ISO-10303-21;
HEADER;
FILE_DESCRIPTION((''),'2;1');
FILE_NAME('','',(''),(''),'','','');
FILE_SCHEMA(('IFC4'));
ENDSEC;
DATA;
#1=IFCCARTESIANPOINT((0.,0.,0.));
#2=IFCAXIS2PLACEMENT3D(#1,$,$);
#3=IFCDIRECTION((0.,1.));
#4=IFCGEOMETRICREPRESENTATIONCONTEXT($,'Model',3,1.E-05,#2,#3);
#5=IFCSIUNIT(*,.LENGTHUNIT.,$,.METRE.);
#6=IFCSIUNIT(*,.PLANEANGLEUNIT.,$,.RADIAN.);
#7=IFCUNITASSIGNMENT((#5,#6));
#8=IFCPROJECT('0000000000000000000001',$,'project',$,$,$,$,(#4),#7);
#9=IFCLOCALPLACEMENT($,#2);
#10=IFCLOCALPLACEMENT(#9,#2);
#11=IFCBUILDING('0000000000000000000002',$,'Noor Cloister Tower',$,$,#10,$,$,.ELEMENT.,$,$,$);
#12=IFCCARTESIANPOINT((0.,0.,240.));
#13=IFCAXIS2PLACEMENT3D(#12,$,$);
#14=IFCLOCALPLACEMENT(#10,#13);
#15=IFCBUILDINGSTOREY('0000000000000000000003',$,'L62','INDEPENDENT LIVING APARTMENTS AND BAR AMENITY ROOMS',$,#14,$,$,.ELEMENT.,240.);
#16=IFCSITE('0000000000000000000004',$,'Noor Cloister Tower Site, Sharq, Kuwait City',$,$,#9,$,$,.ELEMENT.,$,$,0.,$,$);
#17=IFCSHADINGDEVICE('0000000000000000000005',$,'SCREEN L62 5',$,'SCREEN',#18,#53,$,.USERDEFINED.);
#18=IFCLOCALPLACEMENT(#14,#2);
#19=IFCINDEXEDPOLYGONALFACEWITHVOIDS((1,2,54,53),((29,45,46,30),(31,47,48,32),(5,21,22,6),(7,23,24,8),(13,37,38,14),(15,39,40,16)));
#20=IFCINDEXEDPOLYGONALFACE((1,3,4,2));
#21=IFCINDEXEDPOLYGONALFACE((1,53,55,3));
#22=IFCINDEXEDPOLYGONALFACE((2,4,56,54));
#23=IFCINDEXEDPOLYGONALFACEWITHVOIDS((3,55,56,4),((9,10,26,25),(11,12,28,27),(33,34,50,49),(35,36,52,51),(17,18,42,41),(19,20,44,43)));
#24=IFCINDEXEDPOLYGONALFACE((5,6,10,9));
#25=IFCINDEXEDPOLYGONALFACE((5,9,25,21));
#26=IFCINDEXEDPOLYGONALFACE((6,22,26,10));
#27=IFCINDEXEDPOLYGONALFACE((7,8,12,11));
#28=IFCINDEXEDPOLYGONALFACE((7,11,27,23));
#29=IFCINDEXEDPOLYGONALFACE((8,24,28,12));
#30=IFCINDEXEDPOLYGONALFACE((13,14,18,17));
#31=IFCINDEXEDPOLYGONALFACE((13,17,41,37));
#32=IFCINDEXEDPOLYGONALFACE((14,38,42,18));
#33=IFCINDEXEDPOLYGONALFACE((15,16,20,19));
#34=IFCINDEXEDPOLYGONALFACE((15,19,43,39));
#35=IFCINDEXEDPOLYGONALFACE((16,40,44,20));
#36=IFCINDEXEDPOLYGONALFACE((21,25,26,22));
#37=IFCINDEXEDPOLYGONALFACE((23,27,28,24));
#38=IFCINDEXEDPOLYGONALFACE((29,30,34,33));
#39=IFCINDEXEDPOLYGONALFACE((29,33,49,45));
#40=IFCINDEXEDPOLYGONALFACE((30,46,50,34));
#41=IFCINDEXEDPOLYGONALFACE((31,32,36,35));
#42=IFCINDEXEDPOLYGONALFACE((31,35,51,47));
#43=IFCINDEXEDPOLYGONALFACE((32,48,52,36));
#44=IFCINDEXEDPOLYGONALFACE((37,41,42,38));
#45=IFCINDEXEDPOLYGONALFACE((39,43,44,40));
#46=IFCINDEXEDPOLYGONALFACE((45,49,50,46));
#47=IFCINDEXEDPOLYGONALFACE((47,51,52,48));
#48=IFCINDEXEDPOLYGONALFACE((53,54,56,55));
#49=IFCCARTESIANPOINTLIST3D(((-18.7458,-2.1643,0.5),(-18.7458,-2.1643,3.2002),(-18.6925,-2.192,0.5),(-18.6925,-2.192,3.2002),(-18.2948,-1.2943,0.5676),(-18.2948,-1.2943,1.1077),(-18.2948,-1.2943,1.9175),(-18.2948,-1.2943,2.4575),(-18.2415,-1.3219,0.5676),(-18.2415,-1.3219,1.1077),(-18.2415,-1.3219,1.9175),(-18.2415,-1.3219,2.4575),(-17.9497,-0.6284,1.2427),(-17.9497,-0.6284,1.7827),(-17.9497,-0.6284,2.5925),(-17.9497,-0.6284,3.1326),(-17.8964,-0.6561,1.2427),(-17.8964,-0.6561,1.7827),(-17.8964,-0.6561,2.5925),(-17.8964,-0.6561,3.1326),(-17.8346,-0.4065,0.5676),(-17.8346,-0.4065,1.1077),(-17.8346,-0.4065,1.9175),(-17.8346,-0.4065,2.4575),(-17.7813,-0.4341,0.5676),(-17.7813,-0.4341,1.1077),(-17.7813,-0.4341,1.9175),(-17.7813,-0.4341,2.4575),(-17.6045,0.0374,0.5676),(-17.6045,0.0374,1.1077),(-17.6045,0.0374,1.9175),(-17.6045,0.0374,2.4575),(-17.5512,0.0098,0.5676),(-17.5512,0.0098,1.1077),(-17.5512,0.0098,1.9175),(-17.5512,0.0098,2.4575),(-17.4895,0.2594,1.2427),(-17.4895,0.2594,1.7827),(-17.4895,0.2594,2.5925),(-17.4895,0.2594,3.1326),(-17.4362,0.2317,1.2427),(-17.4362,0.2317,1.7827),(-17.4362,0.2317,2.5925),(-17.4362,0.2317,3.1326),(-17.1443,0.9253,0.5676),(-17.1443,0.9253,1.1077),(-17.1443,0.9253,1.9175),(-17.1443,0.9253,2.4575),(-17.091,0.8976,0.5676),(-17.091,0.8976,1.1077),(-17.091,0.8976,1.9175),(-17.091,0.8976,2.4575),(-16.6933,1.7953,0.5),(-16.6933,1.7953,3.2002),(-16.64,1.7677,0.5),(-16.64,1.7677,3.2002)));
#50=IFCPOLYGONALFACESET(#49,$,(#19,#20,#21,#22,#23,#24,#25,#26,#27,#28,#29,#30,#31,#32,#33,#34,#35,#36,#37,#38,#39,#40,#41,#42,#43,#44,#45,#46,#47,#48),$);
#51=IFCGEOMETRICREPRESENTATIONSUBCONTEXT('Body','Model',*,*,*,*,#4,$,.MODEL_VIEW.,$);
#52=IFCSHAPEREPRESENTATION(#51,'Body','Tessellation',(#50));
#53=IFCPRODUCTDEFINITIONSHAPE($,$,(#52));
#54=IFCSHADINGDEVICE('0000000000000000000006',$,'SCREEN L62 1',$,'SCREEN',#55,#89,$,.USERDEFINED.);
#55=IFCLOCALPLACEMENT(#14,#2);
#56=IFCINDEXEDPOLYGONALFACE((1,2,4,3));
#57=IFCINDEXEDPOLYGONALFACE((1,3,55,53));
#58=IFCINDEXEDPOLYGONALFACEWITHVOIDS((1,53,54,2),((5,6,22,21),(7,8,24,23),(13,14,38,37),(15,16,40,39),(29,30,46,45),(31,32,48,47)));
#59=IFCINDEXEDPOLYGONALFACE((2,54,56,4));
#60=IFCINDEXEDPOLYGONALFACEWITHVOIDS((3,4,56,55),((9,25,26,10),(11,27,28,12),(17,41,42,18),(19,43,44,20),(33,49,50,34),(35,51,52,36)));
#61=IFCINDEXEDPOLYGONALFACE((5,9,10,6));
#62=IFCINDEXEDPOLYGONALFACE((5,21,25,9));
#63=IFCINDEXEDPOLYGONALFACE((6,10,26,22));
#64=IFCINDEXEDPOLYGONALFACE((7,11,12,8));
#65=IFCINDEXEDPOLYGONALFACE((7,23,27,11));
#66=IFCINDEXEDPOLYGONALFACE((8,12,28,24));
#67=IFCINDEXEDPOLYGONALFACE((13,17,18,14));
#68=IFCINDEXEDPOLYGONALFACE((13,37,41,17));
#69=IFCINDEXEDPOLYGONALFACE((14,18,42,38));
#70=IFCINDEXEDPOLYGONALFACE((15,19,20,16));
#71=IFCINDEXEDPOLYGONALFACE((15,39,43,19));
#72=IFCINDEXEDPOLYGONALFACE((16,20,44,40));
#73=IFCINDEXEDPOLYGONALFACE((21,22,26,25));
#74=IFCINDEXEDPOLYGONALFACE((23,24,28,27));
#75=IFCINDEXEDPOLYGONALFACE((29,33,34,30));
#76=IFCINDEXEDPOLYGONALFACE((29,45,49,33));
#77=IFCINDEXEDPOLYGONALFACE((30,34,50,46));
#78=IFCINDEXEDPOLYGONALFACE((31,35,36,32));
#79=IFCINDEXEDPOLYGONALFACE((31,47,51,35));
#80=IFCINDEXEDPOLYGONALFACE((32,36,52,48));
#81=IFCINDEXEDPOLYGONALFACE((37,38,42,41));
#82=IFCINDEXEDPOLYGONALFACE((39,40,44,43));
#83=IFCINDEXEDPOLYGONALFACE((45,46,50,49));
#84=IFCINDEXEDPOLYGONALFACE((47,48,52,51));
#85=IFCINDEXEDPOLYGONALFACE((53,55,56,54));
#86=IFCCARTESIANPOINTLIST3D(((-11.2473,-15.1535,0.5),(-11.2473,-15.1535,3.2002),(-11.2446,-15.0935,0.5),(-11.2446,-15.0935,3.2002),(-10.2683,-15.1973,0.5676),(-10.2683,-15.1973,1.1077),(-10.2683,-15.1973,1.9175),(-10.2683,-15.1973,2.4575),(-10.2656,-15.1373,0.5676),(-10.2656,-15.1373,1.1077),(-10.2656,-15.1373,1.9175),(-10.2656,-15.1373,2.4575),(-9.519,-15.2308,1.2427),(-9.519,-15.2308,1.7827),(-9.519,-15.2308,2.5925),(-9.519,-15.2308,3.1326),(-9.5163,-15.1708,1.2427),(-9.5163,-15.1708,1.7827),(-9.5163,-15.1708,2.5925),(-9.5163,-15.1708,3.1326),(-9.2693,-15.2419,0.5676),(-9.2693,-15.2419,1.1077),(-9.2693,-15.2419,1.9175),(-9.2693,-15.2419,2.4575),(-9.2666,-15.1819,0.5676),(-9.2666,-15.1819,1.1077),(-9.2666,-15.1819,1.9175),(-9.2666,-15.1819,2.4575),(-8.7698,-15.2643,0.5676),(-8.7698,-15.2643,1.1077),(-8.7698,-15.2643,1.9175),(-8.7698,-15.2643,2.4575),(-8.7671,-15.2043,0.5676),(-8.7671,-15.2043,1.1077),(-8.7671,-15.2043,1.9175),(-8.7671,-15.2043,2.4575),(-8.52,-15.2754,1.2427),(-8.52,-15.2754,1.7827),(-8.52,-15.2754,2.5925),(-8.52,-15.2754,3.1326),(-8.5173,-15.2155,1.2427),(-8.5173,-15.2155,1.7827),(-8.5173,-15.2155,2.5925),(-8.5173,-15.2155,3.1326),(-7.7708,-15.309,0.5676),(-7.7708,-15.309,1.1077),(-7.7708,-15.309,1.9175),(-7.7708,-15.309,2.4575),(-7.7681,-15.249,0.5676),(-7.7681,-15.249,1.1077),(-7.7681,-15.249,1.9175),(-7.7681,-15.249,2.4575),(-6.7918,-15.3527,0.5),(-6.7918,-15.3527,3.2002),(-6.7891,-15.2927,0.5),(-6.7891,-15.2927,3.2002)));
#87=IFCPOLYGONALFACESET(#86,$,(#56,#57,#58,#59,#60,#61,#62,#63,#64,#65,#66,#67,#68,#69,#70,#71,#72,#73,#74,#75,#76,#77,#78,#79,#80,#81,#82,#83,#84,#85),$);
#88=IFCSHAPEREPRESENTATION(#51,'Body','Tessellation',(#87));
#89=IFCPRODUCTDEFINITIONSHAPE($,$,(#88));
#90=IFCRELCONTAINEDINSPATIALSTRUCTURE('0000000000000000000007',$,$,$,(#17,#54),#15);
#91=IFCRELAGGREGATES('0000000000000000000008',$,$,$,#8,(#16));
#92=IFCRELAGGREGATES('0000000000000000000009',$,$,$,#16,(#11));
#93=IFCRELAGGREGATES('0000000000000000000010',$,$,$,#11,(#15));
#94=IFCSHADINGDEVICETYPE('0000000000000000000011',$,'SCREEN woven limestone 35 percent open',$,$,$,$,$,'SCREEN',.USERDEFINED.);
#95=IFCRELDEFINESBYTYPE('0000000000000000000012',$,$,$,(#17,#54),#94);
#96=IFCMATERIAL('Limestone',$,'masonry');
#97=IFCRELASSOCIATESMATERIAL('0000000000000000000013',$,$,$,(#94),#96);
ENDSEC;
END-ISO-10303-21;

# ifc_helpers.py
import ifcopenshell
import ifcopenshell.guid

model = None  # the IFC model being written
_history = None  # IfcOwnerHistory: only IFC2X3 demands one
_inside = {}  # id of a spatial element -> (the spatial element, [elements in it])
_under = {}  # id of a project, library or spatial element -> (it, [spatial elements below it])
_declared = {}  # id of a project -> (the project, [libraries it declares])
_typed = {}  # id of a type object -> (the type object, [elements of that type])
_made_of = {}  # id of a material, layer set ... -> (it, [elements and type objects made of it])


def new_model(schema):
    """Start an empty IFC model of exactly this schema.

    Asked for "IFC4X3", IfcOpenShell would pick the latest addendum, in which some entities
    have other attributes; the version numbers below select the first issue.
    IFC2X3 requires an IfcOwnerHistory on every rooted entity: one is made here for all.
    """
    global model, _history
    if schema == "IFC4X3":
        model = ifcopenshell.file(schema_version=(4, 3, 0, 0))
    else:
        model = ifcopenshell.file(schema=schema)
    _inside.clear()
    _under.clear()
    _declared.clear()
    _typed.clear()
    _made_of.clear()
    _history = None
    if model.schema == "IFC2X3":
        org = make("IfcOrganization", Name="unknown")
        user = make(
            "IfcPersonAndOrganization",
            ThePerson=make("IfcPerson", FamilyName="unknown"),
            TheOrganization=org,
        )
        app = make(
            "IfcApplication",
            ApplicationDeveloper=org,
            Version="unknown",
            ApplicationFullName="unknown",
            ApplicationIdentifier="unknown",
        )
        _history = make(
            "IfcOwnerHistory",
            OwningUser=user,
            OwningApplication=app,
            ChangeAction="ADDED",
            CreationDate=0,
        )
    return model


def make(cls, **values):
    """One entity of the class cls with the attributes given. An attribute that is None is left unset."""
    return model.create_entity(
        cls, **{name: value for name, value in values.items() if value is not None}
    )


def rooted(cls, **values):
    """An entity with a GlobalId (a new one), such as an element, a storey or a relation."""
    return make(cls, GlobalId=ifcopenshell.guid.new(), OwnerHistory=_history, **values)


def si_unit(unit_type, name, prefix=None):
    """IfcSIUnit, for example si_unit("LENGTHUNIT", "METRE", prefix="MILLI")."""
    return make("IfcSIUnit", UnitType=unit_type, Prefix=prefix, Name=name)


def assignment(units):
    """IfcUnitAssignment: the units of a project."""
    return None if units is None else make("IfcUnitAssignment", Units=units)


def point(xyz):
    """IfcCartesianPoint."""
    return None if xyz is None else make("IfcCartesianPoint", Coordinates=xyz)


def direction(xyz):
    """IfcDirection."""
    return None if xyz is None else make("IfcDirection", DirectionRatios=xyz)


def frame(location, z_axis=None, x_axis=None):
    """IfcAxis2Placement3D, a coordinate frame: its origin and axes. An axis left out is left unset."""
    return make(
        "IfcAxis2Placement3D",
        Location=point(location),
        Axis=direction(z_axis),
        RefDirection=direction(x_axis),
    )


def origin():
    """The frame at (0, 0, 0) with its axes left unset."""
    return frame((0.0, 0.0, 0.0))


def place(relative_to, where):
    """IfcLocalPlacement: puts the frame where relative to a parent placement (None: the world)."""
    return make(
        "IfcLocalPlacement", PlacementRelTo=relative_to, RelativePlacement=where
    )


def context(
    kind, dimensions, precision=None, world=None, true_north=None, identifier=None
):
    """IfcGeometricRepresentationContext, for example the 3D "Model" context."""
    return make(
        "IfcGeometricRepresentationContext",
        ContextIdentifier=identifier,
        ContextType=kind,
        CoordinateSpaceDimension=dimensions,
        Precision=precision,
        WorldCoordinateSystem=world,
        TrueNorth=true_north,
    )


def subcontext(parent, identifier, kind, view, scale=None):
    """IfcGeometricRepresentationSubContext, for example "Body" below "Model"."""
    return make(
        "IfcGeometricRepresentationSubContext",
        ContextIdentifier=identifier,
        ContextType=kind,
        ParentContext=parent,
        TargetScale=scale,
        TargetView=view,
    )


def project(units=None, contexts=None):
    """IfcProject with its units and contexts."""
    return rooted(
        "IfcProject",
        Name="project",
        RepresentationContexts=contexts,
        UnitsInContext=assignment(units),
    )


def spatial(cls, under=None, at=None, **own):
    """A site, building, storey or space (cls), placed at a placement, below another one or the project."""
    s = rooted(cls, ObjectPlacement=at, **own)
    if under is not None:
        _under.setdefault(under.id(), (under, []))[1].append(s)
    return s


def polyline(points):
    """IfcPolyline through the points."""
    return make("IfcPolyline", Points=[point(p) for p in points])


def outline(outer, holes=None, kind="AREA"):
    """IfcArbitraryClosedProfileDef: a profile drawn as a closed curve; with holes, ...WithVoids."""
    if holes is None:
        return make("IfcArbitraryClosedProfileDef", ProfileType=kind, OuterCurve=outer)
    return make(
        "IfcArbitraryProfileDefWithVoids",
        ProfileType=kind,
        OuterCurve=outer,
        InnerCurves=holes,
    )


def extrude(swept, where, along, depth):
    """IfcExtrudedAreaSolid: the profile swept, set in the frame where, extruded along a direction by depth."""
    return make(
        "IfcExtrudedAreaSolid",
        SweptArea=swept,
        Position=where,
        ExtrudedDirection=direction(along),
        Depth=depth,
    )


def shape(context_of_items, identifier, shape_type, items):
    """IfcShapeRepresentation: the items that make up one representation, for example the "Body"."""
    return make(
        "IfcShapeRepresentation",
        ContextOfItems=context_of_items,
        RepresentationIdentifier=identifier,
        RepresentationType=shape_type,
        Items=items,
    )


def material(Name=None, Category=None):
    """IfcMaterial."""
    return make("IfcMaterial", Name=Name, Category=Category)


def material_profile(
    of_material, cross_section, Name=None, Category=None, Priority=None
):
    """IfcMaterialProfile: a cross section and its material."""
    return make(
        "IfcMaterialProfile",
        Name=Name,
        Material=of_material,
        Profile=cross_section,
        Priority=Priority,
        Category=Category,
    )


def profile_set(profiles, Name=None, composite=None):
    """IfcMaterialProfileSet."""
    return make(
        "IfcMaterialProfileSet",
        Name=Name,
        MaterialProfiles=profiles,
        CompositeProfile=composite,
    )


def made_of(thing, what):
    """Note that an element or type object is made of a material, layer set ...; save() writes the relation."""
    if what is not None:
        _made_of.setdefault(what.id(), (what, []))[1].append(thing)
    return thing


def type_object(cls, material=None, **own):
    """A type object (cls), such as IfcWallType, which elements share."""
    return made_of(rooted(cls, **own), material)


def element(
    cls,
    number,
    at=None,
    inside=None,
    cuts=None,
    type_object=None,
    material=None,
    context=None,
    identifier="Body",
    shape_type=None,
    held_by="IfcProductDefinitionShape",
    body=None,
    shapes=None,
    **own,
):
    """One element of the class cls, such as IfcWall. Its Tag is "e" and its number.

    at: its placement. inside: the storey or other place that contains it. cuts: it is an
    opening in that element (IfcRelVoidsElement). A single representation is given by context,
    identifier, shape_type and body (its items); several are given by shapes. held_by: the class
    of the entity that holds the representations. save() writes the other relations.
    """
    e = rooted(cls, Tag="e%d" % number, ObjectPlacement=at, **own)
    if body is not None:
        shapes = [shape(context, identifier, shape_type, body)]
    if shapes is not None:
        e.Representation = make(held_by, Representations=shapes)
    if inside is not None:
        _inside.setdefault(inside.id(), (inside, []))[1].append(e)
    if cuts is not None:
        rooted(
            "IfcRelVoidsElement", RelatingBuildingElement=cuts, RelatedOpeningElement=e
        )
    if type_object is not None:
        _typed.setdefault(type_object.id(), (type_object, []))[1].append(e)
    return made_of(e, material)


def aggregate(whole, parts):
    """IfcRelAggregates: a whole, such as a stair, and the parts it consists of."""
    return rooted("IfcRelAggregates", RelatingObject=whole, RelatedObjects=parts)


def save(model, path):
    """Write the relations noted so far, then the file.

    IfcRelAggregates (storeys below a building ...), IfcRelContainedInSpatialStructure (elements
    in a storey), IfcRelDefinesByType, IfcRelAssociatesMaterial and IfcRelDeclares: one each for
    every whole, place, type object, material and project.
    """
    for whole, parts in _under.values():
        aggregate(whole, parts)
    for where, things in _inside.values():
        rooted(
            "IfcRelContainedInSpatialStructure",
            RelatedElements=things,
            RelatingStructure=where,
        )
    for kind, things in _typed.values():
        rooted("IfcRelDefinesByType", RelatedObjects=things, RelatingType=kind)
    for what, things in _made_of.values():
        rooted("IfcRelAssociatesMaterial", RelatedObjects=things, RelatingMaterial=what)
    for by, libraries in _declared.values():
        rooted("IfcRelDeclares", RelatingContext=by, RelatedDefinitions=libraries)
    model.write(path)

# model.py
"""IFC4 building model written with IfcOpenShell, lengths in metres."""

from ifc_helpers import new_model, si_unit, direction, frame, origin, place, context, subcontext, project, spatial, polyline, outline, extrude, material, material_profile, profile_set, type_object, element, save


model = new_model("IFC4")

# Units and contexts
model_context = context("Model", 3, precision=1e-05, world=origin(), true_north=direction((0.0, 1.0)))
body_context = subcontext(model_context, "Body", "Model", "MODEL_VIEW")
ifc_project = project(units=[si_unit("LENGTHUNIT", "METRE"), si_unit("PLANEANGLEUNIT", "RADIAN")], contexts=[model_context])

# Site, building, storey
site_placement = place(None, origin())
site = spatial("IfcSite", under=ifc_project, at=site_placement, Name="Noor Cloister Tower Site, Sharq, Kuwait City", CompositionType="ELEMENT", RefElevation=0.0)
building_placement = place(site_placement, origin())
building = spatial("IfcBuilding", under=site, at=building_placement, Name="Noor Cloister Tower", CompositionType="ELEMENT")
storey_placement = place(building_placement, frame((0.0, 0.0, 240.0)))
storey = spatial("IfcBuildingStorey", under=building, at=storey_placement, Name="L62", Description="INDEPENDENT LIVING APARTMENTS AND BAR AMENITY ROOMS", CompositionType="ELEMENT", Elevation=240.0)

# Shading devices
ifc_material_1 = material(Name="Limestone", Category="masonry")
ifc_material_profile_1 = material_profile(ifc_material_1, outline(polyline([(-2.23, -1.3501), (2.23, -1.3501), (2.23, 1.3501), (-2.23, 1.3501), (-2.23, -1.3501)]), holes=[polyline([(-1.25, -1.2825), (-0.25, -1.2825), (-0.25, -0.7424), (-1.25, -0.7424), (-1.25, -1.2825)]), polyline([(0.25, -1.2825), (1.25, -1.2825), (1.25, -0.7424), (0.25, -0.7424), (0.25, -1.2825)]), polyline([(-0.5, -0.6074), (0.5, -0.6074), (0.5, -0.0674), (-0.5, -0.0674), (-0.5, -0.6074)]), polyline([(-1.25, 0.0674), (-0.25, 0.0674), (-0.25, 0.6074), (-1.25, 0.6074), (-1.25, 0.0674)]), polyline([(0.25, 0.0674), (1.25, 0.0674), (1.25, 0.6074), (0.25, 0.6074), (0.25, 0.0674)]), polyline([(-0.5, 0.7424), (0.5, 0.7424), (0.5, 1.2825), (-0.5, 1.2825), (-0.5, 0.7424)])]), Name="Woven screen 35 percent open")
ifc_profile_set_1 = profile_set([ifc_material_profile_1], Name="Limestone")
shading_device_type = type_object("IfcShadingDeviceType", Name="SCREEN woven limestone 35 percent open", ElementType="SCREEN", PredefinedType="USERDEFINED", material=ifc_profile_set_1)
for number, where, z_axis, x_axis, name in (
    (1, (-17.6663, -0.2122, 1.8501), (-0.887816, 0.460198, 0.0), (-0.460198, -0.887816, 0.0), "SCREEN L62 5"),
    (2, (-9.0168, -15.1931, 1.8501), (-0.044671, -0.999002, 0.0), (0.999002, -0.044671, 0.0), "SCREEN L62 1"),
):
    element("IfcShadingDevice", number, at=place(storey_placement, frame(where, z_axis=z_axis, x_axis=x_axis)), inside=storey, type_object=shading_device_type, Name=name, ObjectType="SCREEN", PredefinedType="USERDEFINED", context=body_context, shape_type="SweptSolid", body=[
        extrude(outline(polyline([(-2.23, -1.3501), (2.23, -1.3501), (2.23, 1.3501), (-2.23, 1.3501), (-2.23, -1.3501)]), holes=[polyline([(-1.25, -1.2825), (-0.25, -1.2825), (-0.25, -0.7424), (-1.25, -0.7424), (-1.25, -1.2825)]), polyline([(0.25, -1.2825), (1.25, -1.2825), (1.25, -0.7424), (0.25, -0.7424), (0.25, -1.2825)]), polyline([(-0.5, -0.6074), (0.5, -0.6074), (0.5, -0.0674), (-0.5, -0.0674), (-0.5, -0.6074)]), polyline([(-1.25, 0.0674), (-0.25, 0.0674), (-0.25, 0.6074), (-1.25, 0.6074), (-1.25, 0.0674)]), polyline([(0.25, 0.0674), (1.25, 0.0674), (1.25, 0.6074), (0.25, 0.6074), (0.25, 0.0674)]), polyline([(-0.5, 0.7424), (0.5, 0.7424), (0.5, 1.2825), (-0.5, 1.2825), (-0.5, 0.7424)])]), origin(), (0.0, 0.0, 1.0), 0.0601),
    ])

save(model, "model.ifc")
